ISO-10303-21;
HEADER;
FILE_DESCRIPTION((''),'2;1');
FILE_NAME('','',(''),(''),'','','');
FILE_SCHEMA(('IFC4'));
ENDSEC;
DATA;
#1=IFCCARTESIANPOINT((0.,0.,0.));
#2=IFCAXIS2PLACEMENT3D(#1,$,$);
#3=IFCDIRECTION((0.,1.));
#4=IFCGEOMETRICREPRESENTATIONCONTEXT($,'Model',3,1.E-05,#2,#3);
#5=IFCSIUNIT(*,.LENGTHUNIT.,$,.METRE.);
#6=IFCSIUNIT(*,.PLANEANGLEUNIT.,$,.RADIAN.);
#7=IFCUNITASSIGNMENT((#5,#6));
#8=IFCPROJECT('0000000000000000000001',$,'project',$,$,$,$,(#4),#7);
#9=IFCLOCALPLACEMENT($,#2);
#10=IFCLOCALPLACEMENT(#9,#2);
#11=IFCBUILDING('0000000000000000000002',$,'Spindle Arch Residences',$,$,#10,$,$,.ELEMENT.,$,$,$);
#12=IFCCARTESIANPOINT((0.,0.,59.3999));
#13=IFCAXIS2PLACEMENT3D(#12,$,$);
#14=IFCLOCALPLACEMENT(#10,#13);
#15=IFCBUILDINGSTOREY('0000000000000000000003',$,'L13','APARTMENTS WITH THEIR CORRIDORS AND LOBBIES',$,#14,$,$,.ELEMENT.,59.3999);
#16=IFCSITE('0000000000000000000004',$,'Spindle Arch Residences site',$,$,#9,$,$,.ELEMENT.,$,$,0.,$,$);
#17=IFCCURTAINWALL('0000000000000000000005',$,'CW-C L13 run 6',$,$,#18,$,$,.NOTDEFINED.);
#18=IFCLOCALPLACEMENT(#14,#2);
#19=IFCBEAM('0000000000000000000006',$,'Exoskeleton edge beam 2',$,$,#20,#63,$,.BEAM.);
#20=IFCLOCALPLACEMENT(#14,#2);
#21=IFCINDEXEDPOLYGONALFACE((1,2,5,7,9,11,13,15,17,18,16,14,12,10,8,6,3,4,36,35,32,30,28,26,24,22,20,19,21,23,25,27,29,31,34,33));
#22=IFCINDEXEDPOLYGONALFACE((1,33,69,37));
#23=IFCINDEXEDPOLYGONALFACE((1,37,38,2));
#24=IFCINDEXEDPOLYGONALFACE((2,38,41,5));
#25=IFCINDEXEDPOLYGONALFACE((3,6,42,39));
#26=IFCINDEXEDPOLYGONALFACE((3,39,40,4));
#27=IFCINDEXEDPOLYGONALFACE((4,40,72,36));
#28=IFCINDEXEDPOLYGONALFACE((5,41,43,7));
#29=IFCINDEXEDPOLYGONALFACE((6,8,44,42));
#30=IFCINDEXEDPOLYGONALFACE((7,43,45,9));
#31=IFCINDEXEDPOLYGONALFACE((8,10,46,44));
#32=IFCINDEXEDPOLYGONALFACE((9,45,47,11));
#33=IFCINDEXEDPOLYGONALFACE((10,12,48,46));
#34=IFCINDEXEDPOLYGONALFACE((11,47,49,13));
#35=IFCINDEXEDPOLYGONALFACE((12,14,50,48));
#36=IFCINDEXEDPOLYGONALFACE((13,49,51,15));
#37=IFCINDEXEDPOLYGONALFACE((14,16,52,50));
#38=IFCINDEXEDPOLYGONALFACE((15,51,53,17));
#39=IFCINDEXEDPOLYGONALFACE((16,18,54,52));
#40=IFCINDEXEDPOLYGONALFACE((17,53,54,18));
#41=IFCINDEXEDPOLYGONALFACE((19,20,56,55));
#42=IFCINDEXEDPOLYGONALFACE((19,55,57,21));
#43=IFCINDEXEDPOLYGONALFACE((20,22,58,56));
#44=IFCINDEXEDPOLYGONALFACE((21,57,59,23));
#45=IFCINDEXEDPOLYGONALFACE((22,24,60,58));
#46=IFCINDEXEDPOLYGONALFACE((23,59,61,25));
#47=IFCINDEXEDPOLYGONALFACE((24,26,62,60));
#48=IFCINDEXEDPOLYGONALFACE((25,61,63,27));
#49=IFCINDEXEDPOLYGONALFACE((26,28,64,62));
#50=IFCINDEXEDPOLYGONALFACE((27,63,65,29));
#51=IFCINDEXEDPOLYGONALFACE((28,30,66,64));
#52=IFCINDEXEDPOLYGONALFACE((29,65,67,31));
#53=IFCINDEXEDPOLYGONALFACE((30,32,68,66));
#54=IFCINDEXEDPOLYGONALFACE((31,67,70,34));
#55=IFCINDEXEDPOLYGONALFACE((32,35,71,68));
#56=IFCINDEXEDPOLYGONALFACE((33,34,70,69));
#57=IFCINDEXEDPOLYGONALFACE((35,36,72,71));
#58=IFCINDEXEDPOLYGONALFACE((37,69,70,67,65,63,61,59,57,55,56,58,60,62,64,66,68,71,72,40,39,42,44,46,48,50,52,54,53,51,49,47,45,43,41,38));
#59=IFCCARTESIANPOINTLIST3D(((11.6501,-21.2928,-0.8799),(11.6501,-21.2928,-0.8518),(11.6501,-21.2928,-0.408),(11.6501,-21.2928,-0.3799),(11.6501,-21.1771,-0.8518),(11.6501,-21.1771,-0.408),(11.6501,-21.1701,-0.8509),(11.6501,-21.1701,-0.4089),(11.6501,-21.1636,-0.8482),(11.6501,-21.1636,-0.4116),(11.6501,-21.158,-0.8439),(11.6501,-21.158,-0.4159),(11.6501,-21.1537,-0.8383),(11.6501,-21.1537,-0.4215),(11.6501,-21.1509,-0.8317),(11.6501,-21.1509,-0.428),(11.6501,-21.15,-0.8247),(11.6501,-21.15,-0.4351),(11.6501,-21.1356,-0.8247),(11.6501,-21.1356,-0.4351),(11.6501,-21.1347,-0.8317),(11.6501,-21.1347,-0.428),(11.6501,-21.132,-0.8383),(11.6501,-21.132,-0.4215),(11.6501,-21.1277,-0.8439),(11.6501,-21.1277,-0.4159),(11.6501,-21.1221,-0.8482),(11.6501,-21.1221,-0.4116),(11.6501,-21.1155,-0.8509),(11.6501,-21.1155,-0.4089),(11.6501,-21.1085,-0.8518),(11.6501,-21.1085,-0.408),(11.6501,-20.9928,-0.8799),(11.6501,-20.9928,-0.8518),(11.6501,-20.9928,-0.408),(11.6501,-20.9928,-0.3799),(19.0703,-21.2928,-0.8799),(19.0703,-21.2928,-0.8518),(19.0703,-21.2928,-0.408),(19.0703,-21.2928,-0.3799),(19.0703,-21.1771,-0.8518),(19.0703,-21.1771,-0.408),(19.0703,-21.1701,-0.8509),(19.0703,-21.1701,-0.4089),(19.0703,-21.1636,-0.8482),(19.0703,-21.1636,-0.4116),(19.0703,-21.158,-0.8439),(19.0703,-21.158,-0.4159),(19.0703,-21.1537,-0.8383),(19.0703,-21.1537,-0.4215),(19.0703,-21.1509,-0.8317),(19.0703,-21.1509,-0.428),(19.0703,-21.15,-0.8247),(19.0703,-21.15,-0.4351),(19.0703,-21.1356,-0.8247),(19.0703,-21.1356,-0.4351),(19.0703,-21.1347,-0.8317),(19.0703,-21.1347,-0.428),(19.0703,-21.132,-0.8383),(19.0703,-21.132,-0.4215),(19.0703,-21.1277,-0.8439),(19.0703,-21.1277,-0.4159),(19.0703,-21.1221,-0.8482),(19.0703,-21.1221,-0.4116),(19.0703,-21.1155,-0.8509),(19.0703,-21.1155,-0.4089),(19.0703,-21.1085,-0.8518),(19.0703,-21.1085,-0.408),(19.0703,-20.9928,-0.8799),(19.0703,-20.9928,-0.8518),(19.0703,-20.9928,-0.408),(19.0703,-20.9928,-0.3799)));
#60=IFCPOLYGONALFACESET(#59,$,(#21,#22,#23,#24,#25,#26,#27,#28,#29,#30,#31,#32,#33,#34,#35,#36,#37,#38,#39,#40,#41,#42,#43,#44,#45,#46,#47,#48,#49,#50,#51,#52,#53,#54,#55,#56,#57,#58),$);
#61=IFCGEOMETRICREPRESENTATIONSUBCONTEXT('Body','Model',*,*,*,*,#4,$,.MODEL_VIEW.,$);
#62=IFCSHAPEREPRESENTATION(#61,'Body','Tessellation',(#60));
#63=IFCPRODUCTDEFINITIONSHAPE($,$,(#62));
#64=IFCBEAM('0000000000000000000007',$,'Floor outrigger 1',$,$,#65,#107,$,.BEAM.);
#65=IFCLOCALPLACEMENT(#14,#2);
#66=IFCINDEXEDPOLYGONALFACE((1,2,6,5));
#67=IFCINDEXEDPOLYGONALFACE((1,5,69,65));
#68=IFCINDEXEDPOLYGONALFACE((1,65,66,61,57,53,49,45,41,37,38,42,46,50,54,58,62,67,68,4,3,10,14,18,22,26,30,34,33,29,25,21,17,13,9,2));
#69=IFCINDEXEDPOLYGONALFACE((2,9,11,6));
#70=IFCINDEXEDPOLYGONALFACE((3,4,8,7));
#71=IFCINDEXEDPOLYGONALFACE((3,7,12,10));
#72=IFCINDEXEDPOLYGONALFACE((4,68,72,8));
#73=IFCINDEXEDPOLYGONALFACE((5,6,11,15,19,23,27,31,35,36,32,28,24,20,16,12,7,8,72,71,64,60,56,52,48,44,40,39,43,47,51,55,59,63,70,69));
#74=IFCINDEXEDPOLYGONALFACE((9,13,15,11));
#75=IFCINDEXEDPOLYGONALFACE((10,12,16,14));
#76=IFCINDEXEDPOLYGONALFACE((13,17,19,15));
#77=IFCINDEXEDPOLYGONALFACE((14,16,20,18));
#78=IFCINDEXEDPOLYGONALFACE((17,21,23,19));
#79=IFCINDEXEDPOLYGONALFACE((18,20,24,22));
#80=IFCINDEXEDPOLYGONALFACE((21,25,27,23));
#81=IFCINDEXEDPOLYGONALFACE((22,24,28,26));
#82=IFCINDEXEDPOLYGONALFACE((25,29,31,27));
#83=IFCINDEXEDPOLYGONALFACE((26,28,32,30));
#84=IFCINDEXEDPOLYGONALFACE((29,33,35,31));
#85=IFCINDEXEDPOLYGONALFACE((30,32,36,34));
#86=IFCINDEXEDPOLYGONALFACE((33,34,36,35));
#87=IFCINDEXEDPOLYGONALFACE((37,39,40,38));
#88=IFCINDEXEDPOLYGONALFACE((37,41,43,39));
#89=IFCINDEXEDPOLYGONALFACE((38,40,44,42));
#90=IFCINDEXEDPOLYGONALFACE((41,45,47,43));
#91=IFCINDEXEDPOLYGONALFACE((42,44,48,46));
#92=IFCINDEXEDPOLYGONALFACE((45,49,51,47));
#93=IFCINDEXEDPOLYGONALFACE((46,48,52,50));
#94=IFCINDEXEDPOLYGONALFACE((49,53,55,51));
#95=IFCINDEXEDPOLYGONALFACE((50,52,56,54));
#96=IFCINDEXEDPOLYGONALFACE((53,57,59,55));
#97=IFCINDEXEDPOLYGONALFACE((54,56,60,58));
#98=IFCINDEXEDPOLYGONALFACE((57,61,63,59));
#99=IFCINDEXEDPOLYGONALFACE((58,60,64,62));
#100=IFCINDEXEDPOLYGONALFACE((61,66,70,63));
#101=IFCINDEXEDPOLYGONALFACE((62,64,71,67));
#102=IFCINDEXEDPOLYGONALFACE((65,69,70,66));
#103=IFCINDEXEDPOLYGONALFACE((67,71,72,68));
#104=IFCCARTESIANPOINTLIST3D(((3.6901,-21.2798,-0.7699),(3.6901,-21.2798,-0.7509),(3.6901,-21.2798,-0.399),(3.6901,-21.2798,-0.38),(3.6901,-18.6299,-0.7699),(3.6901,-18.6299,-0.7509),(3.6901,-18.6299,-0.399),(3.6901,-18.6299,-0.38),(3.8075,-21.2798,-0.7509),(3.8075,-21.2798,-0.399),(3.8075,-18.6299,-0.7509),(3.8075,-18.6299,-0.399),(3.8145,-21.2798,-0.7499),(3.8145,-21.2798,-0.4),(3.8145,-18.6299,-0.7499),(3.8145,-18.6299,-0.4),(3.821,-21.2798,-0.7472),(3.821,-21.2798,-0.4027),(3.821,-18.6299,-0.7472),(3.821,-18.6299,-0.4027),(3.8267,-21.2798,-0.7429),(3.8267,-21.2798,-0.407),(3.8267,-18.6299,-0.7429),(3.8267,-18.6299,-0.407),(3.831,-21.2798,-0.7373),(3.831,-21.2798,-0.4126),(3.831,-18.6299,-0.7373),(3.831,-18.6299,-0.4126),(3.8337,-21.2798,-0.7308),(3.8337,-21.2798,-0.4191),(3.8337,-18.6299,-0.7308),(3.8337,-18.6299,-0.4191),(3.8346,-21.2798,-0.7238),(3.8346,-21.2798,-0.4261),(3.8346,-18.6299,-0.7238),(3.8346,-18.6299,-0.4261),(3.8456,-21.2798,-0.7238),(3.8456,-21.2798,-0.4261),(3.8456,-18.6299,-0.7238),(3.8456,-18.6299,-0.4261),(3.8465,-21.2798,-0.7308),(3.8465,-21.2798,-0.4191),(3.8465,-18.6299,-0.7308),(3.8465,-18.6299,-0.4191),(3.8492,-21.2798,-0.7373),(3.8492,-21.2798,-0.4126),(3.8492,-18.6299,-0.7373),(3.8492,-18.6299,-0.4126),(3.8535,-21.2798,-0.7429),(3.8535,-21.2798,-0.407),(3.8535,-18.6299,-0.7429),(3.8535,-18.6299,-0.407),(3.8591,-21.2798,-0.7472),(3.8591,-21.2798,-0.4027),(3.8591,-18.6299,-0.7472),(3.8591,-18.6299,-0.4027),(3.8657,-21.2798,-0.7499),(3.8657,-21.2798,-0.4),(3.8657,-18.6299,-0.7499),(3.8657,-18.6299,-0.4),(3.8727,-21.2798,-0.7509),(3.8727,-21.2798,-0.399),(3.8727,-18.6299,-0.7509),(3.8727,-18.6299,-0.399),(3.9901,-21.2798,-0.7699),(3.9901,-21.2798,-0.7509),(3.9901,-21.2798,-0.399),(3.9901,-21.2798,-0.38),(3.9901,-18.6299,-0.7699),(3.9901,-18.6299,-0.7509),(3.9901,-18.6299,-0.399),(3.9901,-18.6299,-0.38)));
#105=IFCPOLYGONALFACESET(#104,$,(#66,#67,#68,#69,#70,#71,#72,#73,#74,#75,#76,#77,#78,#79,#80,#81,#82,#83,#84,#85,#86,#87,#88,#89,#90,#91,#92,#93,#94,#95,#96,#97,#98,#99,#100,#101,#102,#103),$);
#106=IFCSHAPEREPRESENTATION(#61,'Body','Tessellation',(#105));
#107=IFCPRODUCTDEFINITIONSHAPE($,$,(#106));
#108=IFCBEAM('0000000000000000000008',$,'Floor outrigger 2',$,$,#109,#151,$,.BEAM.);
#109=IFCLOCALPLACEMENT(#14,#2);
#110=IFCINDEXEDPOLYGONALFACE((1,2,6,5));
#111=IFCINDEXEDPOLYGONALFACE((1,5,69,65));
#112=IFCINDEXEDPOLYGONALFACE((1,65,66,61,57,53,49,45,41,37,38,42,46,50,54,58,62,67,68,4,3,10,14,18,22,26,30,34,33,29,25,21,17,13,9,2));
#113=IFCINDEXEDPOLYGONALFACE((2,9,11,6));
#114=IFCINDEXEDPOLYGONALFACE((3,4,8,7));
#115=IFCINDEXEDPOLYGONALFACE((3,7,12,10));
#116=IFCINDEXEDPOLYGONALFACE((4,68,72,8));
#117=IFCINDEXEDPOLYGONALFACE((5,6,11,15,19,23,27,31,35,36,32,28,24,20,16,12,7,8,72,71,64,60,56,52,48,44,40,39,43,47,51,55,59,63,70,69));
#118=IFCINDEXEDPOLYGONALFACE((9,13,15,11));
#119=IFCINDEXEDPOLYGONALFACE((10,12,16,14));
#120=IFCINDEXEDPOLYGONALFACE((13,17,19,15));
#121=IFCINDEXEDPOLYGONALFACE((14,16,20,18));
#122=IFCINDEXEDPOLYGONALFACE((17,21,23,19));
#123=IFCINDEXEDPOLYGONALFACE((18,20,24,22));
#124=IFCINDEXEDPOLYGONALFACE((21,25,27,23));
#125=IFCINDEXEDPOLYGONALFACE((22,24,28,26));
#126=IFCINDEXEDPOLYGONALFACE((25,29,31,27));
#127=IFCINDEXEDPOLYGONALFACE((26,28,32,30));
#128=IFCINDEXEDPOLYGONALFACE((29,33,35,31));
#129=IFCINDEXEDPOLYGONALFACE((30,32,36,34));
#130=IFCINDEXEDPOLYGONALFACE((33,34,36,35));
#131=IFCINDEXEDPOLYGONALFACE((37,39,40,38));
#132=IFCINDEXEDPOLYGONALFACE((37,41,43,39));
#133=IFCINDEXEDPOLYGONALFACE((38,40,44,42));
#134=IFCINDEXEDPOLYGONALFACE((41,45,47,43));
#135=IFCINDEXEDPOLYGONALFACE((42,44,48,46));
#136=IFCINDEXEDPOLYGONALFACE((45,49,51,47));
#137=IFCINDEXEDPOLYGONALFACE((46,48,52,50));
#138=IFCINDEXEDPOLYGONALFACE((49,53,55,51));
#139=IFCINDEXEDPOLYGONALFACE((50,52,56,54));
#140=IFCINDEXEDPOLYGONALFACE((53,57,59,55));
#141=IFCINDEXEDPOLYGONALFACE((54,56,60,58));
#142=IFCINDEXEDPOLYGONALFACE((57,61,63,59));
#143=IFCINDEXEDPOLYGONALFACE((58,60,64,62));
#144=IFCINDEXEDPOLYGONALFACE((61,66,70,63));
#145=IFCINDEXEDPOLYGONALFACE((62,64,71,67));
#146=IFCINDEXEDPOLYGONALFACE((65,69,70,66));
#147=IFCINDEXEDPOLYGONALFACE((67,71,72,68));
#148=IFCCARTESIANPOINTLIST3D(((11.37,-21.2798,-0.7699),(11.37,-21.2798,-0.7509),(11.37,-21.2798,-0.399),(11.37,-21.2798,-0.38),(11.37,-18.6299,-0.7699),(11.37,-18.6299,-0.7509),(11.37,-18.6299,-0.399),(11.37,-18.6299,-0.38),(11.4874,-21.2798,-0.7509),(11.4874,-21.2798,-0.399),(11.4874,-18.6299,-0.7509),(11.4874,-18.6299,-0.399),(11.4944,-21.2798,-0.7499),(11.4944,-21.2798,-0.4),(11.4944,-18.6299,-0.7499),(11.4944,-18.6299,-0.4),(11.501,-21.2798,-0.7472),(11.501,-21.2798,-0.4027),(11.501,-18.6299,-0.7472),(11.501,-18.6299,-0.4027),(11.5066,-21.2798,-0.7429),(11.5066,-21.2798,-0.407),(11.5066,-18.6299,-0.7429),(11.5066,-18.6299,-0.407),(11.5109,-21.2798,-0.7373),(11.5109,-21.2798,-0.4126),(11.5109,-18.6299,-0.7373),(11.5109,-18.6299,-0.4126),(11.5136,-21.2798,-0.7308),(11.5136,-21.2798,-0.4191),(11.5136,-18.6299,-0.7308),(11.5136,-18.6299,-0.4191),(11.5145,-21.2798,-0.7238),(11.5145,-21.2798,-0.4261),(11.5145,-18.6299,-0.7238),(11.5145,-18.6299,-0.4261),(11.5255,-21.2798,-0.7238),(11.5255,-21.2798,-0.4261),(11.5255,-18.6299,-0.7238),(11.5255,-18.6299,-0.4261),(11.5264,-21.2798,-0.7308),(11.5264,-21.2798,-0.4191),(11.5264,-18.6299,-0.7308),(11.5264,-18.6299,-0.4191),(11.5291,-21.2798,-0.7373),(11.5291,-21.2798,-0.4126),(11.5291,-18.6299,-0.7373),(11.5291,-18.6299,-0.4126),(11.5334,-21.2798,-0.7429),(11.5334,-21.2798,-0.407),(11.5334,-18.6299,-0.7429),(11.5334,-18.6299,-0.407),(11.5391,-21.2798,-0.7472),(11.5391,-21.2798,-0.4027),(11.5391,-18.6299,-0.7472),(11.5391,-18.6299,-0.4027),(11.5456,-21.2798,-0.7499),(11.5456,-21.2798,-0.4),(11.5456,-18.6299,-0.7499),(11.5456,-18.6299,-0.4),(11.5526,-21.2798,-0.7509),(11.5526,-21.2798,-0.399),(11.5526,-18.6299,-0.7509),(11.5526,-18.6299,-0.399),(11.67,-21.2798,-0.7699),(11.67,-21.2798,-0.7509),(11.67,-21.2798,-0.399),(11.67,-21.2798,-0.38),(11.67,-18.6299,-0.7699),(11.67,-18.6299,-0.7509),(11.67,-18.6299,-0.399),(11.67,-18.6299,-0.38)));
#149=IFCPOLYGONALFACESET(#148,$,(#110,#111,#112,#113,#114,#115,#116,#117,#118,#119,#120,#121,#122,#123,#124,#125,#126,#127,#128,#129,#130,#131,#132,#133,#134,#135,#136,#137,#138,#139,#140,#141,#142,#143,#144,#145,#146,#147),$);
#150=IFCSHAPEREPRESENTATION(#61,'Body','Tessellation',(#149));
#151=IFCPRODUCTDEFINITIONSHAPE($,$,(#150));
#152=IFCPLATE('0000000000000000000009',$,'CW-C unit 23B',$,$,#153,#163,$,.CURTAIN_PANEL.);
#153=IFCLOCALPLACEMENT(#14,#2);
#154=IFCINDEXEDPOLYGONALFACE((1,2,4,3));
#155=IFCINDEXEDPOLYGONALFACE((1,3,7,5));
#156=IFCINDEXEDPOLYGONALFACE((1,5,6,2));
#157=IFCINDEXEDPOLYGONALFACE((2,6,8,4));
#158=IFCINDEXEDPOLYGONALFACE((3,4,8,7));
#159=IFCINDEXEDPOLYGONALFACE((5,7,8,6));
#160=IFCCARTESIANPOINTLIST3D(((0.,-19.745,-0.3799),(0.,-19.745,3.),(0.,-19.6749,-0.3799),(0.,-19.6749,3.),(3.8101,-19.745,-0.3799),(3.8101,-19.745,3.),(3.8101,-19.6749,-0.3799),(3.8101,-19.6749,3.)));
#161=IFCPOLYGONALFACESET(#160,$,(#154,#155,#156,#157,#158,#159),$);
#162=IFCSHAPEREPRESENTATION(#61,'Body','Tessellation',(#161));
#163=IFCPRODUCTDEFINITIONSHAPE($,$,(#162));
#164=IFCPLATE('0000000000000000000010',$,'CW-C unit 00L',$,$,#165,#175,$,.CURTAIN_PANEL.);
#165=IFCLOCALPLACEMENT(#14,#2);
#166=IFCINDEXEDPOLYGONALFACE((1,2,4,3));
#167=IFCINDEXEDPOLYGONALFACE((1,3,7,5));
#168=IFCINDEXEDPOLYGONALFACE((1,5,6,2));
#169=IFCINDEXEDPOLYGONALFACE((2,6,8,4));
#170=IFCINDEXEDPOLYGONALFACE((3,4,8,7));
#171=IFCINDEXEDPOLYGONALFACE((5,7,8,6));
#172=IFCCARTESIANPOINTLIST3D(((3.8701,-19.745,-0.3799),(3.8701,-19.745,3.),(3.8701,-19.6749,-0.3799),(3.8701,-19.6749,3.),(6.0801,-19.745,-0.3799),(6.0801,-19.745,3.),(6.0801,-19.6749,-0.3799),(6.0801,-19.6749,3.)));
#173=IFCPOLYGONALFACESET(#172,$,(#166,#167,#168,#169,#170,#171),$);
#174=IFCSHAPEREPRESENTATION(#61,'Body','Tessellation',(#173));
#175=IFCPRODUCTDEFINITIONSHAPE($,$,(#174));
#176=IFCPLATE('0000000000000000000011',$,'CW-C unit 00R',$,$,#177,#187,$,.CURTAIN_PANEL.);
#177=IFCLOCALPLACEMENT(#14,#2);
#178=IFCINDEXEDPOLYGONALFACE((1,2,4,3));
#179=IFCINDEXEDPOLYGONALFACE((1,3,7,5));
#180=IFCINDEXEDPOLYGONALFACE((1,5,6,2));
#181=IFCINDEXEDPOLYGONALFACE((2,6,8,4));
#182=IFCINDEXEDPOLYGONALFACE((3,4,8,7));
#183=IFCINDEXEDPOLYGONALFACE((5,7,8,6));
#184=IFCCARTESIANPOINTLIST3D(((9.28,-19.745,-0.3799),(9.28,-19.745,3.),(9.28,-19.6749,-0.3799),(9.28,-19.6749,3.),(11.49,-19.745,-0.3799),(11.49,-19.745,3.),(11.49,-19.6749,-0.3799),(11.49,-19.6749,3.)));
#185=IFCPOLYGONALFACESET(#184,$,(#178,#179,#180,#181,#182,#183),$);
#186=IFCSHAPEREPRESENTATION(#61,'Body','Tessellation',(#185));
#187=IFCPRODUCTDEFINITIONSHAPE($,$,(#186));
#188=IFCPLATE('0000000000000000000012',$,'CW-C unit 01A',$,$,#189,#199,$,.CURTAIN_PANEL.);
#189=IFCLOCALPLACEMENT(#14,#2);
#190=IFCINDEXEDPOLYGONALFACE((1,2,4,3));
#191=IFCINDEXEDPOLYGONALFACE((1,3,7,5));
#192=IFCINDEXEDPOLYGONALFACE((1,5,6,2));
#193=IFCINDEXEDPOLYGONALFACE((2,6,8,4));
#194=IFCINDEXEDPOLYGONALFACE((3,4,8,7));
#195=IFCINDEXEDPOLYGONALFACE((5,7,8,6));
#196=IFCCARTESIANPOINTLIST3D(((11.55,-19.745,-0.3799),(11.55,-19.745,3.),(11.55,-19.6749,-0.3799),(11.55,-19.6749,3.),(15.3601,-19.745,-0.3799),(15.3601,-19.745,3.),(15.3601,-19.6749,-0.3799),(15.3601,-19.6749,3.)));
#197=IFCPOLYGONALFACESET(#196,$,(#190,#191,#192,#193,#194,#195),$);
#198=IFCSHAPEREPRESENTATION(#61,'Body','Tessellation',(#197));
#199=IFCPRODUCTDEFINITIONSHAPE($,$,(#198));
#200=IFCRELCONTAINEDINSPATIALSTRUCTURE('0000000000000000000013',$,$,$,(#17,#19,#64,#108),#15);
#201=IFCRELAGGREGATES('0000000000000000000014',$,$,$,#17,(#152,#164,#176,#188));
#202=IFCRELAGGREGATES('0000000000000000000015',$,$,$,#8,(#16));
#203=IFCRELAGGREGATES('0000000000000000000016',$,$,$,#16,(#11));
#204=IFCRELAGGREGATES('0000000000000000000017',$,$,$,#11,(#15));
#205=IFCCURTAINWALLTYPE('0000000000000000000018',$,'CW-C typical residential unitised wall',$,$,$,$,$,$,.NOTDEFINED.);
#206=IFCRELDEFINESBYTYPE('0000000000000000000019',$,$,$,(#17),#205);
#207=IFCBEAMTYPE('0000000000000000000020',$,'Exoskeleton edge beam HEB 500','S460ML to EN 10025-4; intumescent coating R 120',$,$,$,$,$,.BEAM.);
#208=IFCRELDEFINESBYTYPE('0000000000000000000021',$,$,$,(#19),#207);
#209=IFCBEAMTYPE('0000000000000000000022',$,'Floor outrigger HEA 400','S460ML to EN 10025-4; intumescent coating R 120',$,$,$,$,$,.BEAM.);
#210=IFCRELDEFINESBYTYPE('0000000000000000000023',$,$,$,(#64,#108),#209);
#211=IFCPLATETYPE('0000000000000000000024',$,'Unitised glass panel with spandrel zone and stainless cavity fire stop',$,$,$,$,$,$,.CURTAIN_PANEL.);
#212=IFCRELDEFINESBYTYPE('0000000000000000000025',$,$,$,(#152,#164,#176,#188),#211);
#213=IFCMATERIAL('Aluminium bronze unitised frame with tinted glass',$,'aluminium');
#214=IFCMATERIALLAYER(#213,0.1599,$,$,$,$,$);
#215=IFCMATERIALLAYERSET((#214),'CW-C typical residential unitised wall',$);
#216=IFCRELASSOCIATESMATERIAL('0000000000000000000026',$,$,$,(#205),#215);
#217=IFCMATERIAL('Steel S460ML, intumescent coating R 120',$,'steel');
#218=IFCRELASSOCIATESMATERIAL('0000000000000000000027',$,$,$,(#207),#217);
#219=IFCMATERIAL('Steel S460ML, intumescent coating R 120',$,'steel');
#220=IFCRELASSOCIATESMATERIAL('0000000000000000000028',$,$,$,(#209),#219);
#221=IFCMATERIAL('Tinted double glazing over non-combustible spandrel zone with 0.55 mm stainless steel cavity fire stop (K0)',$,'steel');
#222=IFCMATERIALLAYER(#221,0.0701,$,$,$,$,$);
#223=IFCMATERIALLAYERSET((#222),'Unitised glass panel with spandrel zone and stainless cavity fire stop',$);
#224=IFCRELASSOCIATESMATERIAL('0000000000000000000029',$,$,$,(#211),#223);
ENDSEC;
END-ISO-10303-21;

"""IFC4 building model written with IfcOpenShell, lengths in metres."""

from ifc_helpers import new_model, si_unit, direction, frame, origin, origin_2d, place, context, subcontext, project, spatial, rectangle, i_section, extrude, material, layer, layer_set, material_profile, profile_set, type_object, element, aggregate, save


model = new_model("IFC4")

# Units and contexts
model_context = context("Model", 3, precision=1e-05, world=origin(), true_north=direction((0.0, 1.0)))
body_context = subcontext(model_context, "Body", "Model", "MODEL_VIEW")
ifc_project = project(units=[si_unit("LENGTHUNIT", "METRE"), si_unit("PLANEANGLEUNIT", "RADIAN")], contexts=[model_context])

# Site, building, storey
site_placement = place(None, origin())
site = spatial("IfcSite", under=ifc_project, at=site_placement, Name="Spindle Arch Residences site", CompositionType="ELEMENT", RefElevation=0.0)
building_placement = place(site_placement, origin())
building = spatial("IfcBuilding", under=site, at=building_placement, Name="Spindle Arch Residences", CompositionType="ELEMENT")
storey_placement = place(building_placement, frame((0.0, 0.0, 59.3999)))
storey = spatial("IfcBuildingStorey", under=building, at=storey_placement, Name="L13", Description="APARTMENTS WITH THEIR CORRIDORS AND LOBBIES", CompositionType="ELEMENT", Elevation=59.3999)

# Curtain wall
ifc_material_1 = material(Name="Aluminium bronze unitised frame with tinted glass", Category="aluminium")
ifc_layer_1 = layer(ifc_material_1, 0.1599)
ifc_layer_set_1 = layer_set([ifc_layer_1], Name="CW-C typical residential unitised wall")
curtain_wall_type = type_object("IfcCurtainWallType", Name="CW-C typical residential unitised wall", PredefinedType="NOTDEFINED", material=ifc_layer_set_1)
curtain_wall_placement = place(storey_placement, origin())
curtain_wall = element("IfcCurtainWall", 1, at=curtain_wall_placement, inside=storey, type_object=curtain_wall_type, Name="CW-C L13 run 6", PredefinedType="NOTDEFINED")

# Beams
ifc_material_2 = material(Name="Steel S460ML, intumescent coating R 120", Category="steel")
ifc_material_profile_1 = material_profile(ifc_material_2, i_section(OverallWidth=0.3, OverallDepth=0.5, WebThickness=0.0144, FlangeThickness=0.0281, FilletRadius=0.0271, at=origin_2d()), Name="HEB 500")
ifc_profile_set_1 = profile_set([ifc_material_profile_1], Name="Steel S460ML, intumescent coating R 120")
beam_type_1 = type_object("IfcBeamType", Name="Exoskeleton edge beam HEB 500", Description="S460ML to EN 10025-4; intumescent coating R 120", PredefinedType="BEAM", material=ifc_profile_set_1)
for number, where, z_axis, x_axis, name in (
    (2, (11.6501, -21.1428, -0.6299), (1.0, 0.0, 0.0), (0.0, 1.0, 0.0), "Exoskeleton edge beam 2"),
):
    element("IfcBeam", number, at=place(storey_placement, frame(where, z_axis=z_axis, x_axis=x_axis)), inside=storey, type_object=beam_type_1, Name=name, PredefinedType="BEAM", context=body_context, shape_type="SweptSolid", body=[
        extrude(i_section(OverallWidth=0.3, OverallDepth=0.5, WebThickness=0.0144, FlangeThickness=0.0281, FilletRadius=0.0271, at=origin_2d()), origin(), (0.0, 0.0, 1.0), 7.4202),
    ])
ifc_material_3 = material(Name="Steel S460ML, intumescent coating R 120", Category="steel")
ifc_material_profile_2 = material_profile(ifc_material_3, i_section(OverallWidth=0.3, OverallDepth=0.3899, WebThickness=0.011, FlangeThickness=0.019, FilletRadius=0.0271, at=origin_2d()), Name="HEA 400")
ifc_profile_set_2 = profile_set([ifc_material_profile_2], Name="Steel S460ML, intumescent coating R 120")
beam_type_2 = type_object("IfcBeamType", Name="Floor outrigger HEA 400", Description="S460ML to EN 10025-4; intumescent coating R 120", PredefinedType="BEAM", material=ifc_profile_set_2)
for number, where, z_axis, x_axis, name in (
    (3, (3.8401, -21.2798, -0.575), (0.0, 1.0, 0.0), (-1.0, 0.0, 0.0), "Floor outrigger 1"),
    (4, (11.52, -21.2798, -0.575), (0.0, 1.0, 0.0), (-1.0, 0.0, 0.0), "Floor outrigger 2"),
):
    element("IfcBeam", number, at=place(storey_placement, frame(where, z_axis=z_axis, x_axis=x_axis)), inside=storey, type_object=beam_type_2, Name=name, PredefinedType="BEAM", context=body_context, shape_type="SweptSolid", body=[
        extrude(i_section(OverallWidth=0.3, OverallDepth=0.3899, WebThickness=0.011, FlangeThickness=0.019, FilletRadius=0.0271, at=origin_2d()), origin(), (0.0, 0.0, 1.0), 2.6499),
    ])

# Plates
ifc_material_4 = material(Name="Tinted double glazing over non-combustible spandrel zone with 0.55 mm stainless steel cavity fire stop (K0)", Category="steel")
ifc_layer_2 = layer(ifc_material_4, 0.0701)
ifc_layer_set_2 = layer_set([ifc_layer_2], Name="Unitised glass panel with spandrel zone and stainless cavity fire stop")
plate_type = type_object("IfcPlateType", Name="Unitised glass panel with spandrel zone and stainless cavity fire stop", PredefinedType="CURTAIN_PANEL", material=ifc_layer_set_2)
plate_1_placement = place(storey_placement, frame((1.905, -19.71, -0.3799), z_axis=(0.0, 0.0, 1.0), x_axis=(1.0, 0.0, 0.0)))
plate_1 = element("IfcPlate", 5, at=plate_1_placement, type_object=plate_type, Name="CW-C unit 23B", PredefinedType="CURTAIN_PANEL", context=body_context, shape_type="SweptSolid", body=[
    extrude(rectangle(XDim=3.8101, YDim=0.0701, at=origin_2d()), origin(), (0.0, 0.0, 1.0), 3.3799),
])
plate_2_placement = place(storey_placement, frame((4.9751, -19.71, -0.3799), z_axis=(0.0, 0.0, 1.0), x_axis=(1.0, 0.0, 0.0)))
plate_2 = element("IfcPlate", 6, at=plate_2_placement, type_object=plate_type, Name="CW-C unit 00L", PredefinedType="CURTAIN_PANEL", context=body_context, shape_type="SweptSolid", body=[
    extrude(rectangle(XDim=2.21, YDim=0.0701, at=origin_2d()), origin(), (0.0, 0.0, 1.0), 3.3799),
])
plate_3_placement = place(storey_placement, frame((10.385, -19.71, -0.3799), z_axis=(0.0, 0.0, 1.0), x_axis=(1.0, 0.0, 0.0)))
plate_3 = element("IfcPlate", 7, at=plate_3_placement, type_object=plate_type, Name="CW-C unit 00R", PredefinedType="CURTAIN_PANEL", context=body_context, shape_type="SweptSolid", body=[
    extrude(rectangle(XDim=2.21, YDim=0.0701, at=origin_2d()), origin(), (0.0, 0.0, 1.0), 3.3799),
])
plate_4_placement = place(storey_placement, frame((13.4551, -19.71, -0.3799), z_axis=(0.0, 0.0, 1.0), x_axis=(1.0, 0.0, 0.0)))
plate_4 = element("IfcPlate", 8, at=plate_4_placement, type_object=plate_type, Name="CW-C unit 01A", PredefinedType="CURTAIN_PANEL", context=body_context, shape_type="SweptSolid", body=[
    extrude(rectangle(XDim=3.8101, YDim=0.0701, at=origin_2d()), origin(), (0.0, 0.0, 1.0), 3.3799),
])
aggregate(curtain_wall, [plate_1, plate_2, plate_3, plate_4])

save(model, "model.ifc")
